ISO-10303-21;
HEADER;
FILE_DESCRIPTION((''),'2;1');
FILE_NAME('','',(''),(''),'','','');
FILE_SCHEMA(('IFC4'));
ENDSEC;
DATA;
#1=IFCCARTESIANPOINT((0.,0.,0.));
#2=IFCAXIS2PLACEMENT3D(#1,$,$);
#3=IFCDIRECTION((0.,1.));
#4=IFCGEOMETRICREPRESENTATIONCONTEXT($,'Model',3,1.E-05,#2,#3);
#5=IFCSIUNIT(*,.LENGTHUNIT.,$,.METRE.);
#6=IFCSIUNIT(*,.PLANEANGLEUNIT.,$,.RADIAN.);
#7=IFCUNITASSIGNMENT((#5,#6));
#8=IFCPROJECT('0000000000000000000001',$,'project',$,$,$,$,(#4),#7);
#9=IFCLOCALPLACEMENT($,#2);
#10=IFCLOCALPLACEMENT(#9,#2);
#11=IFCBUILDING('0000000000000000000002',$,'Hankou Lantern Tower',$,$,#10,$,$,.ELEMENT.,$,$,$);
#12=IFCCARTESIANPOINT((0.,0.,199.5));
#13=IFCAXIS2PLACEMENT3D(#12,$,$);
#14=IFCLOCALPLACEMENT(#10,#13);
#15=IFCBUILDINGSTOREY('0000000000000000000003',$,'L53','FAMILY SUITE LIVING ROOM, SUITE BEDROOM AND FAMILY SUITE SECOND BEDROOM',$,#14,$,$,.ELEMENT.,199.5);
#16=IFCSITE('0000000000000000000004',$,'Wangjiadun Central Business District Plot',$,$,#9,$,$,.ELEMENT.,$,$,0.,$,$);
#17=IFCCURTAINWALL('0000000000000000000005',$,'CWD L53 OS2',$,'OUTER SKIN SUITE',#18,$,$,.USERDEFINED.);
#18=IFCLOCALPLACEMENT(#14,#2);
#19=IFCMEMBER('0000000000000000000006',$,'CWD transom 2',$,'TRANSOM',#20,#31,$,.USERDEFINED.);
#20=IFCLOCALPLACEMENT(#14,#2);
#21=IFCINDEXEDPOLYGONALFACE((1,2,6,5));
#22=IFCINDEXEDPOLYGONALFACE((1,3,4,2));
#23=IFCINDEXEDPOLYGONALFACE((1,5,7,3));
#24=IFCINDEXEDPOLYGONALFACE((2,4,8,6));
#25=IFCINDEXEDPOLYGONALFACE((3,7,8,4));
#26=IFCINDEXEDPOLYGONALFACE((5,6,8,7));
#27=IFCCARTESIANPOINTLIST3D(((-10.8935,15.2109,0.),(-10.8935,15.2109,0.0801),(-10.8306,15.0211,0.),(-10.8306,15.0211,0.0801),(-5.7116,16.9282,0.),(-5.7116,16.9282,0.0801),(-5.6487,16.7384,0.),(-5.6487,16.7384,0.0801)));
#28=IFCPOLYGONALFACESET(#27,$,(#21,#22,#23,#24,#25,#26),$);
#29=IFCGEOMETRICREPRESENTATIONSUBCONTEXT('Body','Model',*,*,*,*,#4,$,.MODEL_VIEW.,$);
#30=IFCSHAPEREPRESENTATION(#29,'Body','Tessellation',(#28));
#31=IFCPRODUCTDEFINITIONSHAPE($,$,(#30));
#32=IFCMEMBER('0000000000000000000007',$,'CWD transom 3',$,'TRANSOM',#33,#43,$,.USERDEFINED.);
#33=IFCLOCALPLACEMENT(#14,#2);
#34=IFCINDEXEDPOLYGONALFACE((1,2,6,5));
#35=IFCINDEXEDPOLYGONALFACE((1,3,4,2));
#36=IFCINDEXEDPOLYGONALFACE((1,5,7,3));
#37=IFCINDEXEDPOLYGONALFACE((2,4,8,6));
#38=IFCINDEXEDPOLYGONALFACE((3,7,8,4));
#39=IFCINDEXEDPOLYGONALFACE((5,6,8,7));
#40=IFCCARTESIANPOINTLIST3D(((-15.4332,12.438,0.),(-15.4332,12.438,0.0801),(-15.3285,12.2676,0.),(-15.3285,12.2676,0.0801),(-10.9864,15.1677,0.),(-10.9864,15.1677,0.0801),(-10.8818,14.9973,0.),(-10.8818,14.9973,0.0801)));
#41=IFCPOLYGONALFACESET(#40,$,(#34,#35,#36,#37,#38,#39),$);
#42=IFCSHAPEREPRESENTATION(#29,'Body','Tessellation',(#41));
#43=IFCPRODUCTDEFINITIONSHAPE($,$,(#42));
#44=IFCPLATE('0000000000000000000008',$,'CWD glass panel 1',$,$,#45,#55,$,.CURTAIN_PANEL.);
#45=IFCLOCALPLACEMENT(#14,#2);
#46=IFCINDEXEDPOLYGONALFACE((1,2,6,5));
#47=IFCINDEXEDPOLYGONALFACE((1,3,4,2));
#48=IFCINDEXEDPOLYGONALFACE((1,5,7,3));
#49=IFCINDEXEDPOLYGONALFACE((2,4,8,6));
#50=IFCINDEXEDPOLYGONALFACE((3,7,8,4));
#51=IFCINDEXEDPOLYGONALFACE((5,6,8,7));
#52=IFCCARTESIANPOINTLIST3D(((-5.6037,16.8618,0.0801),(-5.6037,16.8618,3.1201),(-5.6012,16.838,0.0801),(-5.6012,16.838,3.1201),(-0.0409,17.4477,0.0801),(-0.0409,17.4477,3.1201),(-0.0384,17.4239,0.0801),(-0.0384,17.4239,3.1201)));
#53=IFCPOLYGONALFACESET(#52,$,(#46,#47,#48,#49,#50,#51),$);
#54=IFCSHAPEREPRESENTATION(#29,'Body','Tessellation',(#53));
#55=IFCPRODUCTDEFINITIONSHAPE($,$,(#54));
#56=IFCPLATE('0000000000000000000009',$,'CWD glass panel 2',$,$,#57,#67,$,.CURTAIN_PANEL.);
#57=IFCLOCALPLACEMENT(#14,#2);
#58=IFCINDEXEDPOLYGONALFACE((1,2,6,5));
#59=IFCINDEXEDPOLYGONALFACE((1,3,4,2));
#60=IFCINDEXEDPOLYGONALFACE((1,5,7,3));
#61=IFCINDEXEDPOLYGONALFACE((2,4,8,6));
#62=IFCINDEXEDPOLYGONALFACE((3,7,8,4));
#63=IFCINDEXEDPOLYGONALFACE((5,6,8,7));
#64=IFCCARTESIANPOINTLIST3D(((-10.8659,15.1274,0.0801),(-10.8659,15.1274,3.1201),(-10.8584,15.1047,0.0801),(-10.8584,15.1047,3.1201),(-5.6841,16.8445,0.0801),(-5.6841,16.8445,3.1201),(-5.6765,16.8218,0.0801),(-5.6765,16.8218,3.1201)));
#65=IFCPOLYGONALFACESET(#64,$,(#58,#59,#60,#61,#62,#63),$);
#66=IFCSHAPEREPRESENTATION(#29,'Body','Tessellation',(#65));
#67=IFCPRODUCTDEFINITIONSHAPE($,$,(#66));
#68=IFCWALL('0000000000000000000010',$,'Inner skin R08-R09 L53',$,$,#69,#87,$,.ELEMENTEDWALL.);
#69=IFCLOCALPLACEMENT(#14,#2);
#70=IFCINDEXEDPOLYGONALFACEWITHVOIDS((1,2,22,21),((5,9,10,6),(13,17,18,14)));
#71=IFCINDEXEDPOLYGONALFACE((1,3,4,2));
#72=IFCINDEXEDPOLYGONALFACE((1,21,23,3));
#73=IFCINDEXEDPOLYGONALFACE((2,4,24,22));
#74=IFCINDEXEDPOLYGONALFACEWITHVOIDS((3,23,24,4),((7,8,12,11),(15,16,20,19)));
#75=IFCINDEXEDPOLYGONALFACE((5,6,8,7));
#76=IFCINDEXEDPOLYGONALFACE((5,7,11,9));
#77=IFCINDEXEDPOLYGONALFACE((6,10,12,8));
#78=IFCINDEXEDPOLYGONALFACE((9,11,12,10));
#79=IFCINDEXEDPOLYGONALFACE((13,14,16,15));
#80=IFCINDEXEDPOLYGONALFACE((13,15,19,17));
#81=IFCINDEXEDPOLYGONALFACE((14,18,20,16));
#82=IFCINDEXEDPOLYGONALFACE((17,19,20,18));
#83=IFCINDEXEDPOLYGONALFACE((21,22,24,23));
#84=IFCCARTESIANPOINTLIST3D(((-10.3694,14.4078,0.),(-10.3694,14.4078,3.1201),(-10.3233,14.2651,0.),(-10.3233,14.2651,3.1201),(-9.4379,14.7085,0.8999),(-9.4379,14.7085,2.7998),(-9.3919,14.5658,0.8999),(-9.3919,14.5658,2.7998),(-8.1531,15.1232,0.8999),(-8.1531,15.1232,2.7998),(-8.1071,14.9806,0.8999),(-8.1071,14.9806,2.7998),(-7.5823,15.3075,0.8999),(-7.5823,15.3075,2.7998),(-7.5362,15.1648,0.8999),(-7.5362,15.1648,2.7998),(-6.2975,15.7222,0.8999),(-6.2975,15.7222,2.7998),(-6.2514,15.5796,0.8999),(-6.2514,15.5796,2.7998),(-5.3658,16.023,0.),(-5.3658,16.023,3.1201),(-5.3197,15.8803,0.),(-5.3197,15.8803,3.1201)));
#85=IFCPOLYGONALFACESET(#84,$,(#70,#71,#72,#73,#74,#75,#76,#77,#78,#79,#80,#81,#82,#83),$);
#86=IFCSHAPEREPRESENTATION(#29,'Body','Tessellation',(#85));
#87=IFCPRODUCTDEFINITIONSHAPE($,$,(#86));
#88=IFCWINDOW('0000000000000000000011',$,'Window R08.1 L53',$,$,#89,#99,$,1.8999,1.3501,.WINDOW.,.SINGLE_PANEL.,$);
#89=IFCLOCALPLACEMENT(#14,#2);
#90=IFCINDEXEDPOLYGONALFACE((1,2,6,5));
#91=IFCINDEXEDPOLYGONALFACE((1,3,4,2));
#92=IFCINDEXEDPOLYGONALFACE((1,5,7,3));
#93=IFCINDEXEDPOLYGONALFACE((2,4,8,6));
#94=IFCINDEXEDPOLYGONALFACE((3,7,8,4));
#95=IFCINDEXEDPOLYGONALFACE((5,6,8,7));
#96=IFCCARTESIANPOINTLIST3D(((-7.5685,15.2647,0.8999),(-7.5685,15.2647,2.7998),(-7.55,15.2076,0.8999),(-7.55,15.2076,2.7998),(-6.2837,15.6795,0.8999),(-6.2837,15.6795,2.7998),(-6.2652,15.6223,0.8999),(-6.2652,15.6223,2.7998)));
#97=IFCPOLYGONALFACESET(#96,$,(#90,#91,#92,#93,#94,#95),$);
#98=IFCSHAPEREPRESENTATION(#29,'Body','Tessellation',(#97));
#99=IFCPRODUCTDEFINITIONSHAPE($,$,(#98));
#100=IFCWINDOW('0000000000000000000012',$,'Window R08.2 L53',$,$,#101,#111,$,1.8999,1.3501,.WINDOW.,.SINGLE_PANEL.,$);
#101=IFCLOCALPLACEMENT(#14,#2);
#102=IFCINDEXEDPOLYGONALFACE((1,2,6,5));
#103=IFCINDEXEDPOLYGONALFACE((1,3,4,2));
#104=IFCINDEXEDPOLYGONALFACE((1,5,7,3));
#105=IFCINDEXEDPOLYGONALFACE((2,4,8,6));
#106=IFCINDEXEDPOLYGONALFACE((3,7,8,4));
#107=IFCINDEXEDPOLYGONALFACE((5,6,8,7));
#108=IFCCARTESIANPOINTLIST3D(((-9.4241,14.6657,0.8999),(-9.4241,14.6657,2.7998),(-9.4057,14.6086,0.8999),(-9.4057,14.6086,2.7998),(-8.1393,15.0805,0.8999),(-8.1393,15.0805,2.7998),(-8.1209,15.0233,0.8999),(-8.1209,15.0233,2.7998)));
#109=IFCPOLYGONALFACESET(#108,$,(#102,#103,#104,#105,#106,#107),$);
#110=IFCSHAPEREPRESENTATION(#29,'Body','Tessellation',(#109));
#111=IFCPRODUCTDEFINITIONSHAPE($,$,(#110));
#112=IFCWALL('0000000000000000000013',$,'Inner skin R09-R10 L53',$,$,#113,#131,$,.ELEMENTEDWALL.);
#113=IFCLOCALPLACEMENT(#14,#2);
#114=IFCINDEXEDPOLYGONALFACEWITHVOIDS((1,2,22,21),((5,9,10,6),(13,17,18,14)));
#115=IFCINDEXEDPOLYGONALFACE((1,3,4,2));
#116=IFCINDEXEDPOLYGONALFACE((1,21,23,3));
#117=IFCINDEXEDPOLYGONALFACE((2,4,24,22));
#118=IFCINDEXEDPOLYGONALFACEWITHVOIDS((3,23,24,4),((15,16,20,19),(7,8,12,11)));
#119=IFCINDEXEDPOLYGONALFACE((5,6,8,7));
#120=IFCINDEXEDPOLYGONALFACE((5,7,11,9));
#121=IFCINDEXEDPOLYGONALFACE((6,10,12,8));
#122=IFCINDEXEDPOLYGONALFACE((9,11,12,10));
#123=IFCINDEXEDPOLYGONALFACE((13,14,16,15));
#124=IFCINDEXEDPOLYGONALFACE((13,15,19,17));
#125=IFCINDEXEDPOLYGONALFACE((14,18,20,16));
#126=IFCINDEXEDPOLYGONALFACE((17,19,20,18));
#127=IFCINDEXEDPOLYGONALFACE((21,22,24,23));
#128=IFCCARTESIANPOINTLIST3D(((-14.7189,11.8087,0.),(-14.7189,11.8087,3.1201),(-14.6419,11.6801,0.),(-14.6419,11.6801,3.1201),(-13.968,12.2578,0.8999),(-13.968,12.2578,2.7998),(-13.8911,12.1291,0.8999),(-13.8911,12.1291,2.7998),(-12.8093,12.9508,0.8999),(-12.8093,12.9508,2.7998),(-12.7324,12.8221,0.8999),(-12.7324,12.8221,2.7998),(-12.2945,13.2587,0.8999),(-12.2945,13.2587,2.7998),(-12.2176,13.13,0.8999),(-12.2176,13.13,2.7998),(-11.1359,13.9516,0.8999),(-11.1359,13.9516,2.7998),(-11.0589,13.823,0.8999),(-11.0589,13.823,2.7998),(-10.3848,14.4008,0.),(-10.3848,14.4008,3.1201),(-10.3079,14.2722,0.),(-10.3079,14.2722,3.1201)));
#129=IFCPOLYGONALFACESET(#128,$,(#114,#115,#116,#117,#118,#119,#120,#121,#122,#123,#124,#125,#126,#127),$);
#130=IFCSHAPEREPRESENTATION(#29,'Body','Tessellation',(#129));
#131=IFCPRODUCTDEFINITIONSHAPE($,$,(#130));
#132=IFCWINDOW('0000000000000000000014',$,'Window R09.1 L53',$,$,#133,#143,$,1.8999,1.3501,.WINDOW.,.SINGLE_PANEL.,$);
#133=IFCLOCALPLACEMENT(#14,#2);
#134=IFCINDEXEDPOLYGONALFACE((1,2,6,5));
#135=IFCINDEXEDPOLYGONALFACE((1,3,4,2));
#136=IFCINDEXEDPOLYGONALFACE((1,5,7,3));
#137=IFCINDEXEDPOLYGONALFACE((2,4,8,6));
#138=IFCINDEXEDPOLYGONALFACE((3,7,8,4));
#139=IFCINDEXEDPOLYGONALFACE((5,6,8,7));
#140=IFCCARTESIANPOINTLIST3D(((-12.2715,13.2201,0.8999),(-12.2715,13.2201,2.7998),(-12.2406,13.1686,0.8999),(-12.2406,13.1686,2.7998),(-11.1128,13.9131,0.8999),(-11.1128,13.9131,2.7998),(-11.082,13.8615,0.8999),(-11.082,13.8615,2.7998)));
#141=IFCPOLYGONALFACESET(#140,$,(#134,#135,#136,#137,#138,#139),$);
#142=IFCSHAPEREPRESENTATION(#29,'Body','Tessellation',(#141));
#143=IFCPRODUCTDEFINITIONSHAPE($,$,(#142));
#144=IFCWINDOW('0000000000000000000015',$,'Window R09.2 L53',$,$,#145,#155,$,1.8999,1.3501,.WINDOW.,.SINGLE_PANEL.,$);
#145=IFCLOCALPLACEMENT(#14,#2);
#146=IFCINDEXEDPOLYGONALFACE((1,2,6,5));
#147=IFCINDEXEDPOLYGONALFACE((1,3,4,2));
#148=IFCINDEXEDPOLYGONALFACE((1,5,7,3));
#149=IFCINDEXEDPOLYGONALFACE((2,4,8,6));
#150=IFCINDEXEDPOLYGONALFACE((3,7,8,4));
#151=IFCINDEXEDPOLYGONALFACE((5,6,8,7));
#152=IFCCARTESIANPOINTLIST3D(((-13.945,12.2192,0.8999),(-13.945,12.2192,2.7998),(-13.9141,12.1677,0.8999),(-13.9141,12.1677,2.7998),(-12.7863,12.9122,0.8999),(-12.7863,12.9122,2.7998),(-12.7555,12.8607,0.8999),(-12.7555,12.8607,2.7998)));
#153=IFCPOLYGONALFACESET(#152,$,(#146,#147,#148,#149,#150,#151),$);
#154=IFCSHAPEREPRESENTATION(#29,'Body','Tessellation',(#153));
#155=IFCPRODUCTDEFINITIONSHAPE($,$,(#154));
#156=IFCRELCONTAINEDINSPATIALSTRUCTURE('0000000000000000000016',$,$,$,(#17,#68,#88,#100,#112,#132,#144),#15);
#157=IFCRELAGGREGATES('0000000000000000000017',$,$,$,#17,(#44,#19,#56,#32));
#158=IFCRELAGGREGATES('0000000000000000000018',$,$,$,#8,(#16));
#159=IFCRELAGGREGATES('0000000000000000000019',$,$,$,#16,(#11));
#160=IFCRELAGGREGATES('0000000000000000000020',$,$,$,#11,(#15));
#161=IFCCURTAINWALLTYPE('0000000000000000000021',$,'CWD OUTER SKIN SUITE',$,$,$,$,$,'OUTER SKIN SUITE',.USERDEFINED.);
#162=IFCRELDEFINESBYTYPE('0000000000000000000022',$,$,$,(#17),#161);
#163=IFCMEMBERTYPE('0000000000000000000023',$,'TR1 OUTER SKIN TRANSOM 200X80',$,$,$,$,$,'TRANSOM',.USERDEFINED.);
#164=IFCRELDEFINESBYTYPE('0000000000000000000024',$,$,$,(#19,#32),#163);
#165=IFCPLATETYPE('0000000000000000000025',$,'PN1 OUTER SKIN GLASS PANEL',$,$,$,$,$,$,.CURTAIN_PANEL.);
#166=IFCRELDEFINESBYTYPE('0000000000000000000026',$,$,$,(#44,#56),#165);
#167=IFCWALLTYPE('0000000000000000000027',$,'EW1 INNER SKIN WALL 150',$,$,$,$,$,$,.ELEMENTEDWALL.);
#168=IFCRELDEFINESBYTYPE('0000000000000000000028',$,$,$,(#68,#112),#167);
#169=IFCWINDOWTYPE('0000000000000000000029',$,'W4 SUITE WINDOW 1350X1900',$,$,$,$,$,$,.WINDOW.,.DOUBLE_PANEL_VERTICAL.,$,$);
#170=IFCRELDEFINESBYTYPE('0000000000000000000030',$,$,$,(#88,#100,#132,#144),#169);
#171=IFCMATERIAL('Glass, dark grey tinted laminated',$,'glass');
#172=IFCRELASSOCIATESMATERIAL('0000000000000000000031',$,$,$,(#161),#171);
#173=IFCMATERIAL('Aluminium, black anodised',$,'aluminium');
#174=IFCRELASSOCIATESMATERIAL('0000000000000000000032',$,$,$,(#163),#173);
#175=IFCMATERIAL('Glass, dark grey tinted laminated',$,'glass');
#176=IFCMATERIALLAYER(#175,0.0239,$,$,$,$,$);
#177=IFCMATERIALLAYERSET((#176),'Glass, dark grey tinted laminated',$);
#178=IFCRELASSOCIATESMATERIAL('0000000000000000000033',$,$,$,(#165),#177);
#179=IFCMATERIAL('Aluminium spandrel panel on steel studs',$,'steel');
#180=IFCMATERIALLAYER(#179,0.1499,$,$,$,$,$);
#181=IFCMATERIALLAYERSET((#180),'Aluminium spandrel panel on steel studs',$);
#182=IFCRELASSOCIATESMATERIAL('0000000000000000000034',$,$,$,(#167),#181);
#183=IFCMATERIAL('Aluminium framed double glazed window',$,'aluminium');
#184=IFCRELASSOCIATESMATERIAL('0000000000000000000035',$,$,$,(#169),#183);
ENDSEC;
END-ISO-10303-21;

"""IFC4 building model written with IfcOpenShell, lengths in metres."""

from ifc_helpers import new_model, si_unit, direction, frame, frame_2d, origin, origin_2d, place, context, subcontext, project, spatial, rectangle, extrude, material, layer, layer_set, material_profile, profile_set, type_object, element, fill, aggregate, save


model = new_model("IFC4")

# Units and contexts
model_context = context("Model", 3, precision=1e-05, world=origin(), true_north=direction((0.0, 1.0)))
body_context = subcontext(model_context, "Body", "Model", "MODEL_VIEW")
ifc_project = project(units=[si_unit("LENGTHUNIT", "METRE"), si_unit("PLANEANGLEUNIT", "RADIAN")], contexts=[model_context])

# Site, building, storey
site_placement = place(None, origin())
site = spatial("IfcSite", under=ifc_project, at=site_placement, Name="Wangjiadun Central Business District Plot", CompositionType="ELEMENT", RefElevation=0.0)
building_placement = place(site_placement, origin())
building = spatial("IfcBuilding", under=site, at=building_placement, Name="Hankou Lantern Tower", CompositionType="ELEMENT")
storey_placement = place(building_placement, frame((0.0, 0.0, 199.5)))
storey = spatial("IfcBuildingStorey", under=building, at=storey_placement, Name="L53", Description="FAMILY SUITE LIVING ROOM, SUITE BEDROOM AND FAMILY SUITE SECOND BEDROOM", CompositionType="ELEMENT", Elevation=199.5)

# Curtain wall
ifc_material_1 = material(Name="Glass, dark grey tinted laminated", Category="glass")
curtain_wall_type = type_object("IfcCurtainWallType", Name="CWD OUTER SKIN SUITE", ElementType="OUTER SKIN SUITE", PredefinedType="USERDEFINED", material=ifc_material_1)
curtain_wall_placement = place(storey_placement, origin())
curtain_wall = element("IfcCurtainWall", 1, at=curtain_wall_placement, inside=storey, type_object=curtain_wall_type, Name="CWD L53 OS2", ObjectType="OUTER SKIN SUITE", PredefinedType="USERDEFINED")

# Members
ifc_material_2 = material(Name="Aluminium, black anodised", Category="aluminium")
ifc_material_profile_1 = material_profile(ifc_material_2, rectangle(XDim=0.2, YDim=0.0801, at=origin_2d()), Name="TR1 200X80")
ifc_profile_set_1 = profile_set([ifc_material_profile_1], Name="Aluminium, black anodised")
member_type_1 = type_object("IfcMemberType", Name="TR1 OUTER SKIN TRANSOM 200X80", ElementType="TRANSOM", PredefinedType="USERDEFINED", material=ifc_profile_set_1)
member_1_placement = place(storey_placement, frame((-5.6802, 16.8333, 0.04), z_axis=(-0.949232, -0.314577, 0.0), x_axis=(0.314577, -0.949232, 0.0)))
member_1 = element("IfcMember", 2, at=member_1_placement, type_object=member_type_1, Name="CWD transom 2", ObjectType="TRANSOM", PredefinedType="USERDEFINED", context=body_context, shape_type="SweptSolid", body=[
    extrude(rectangle(XDim=0.2, YDim=0.0801, at=origin_2d()), origin(), (0.0, 0.0, 1.0), 5.459),
])
member_2_placement = place(storey_placement, frame((-10.9341, 15.0825, 0.04), z_axis=(-0.852235, -0.52316, 0.0), x_axis=(0.52316, -0.852235, 0.0)))
member_2 = element("IfcMember", 3, at=member_2_placement, type_object=member_type_1, Name="CWD transom 3", ObjectType="TRANSOM", PredefinedType="USERDEFINED", context=body_context, shape_type="SweptSolid", body=[
    extrude(rectangle(XDim=0.2, YDim=0.0801, at=origin_2d()), origin(), (0.0, 0.0, 1.0), 5.2178),
])

# Plates
ifc_material_3 = material(Name="Glass, dark grey tinted laminated", Category="glass")
ifc_layer_1 = layer(ifc_material_3, 0.0239)
ifc_layer_set_1 = layer_set([ifc_layer_1], Name="Glass, dark grey tinted laminated")
plate_type = type_object("IfcPlateType", Name="PN1 OUTER SKIN GLASS PANEL", PredefinedType="CURTAIN_PANEL", material=ifc_layer_set_1)
plate_1_placement = place(storey_placement, frame((-2.821, 17.1428, 0.0801), z_axis=(0.0, 0.0, 1.0), x_axis=(-0.994499, -0.104743, 0.0)))
plate_1 = element("IfcPlate", 4, at=plate_1_placement, type_object=plate_type, Name="CWD glass panel 1", PredefinedType="CURTAIN_PANEL", context=body_context, shape_type="SweptSolid", body=[
    extrude(rectangle(XDim=5.5935, YDim=0.0239, at=origin_2d()), origin(), (0.0, 0.0, 1.0), 3.04),
])
plate_2_placement = place(storey_placement, frame((-8.2712, 15.9746, 0.0801), z_axis=(0.0, 0.0, 1.0), x_axis=(-0.949241, -0.314551, 0.0)))
plate_2 = element("IfcPlate", 5, at=plate_2_placement, type_object=plate_type, Name="CWD glass panel 2", PredefinedType="CURTAIN_PANEL", context=body_context, shape_type="SweptSolid", body=[
    extrude(rectangle(XDim=5.459, YDim=0.0239, at=origin_2d()), origin(), (0.0, 0.0, 1.0), 3.04),
])
aggregate(curtain_wall, [plate_1, member_1, plate_2, member_2])

# Walls, openings, windows
ifc_material_4 = material(Name="Aluminium spandrel panel on steel studs", Category="steel")
ifc_layer_2 = layer(ifc_material_4, 0.1499)
ifc_layer_set_2 = layer_set([ifc_layer_2], Name="Aluminium spandrel panel on steel studs")
wall_type_1 = type_object("IfcWallType", Name="EW1 INNER SKIN WALL 150", PredefinedType="ELEMENTEDWALL", material=ifc_layer_set_2)
wall_1_placement = place(storey_placement, frame((-5.3428, 15.9517, 0.0), z_axis=(0.0, 0.0, 1.0), x_axis=(-0.951645, -0.307201, 0.0)))
wall_1 = element("IfcWall", 6, at=wall_1_placement, inside=storey, type_object=wall_type_1, Name="Inner skin R08-R09 L53", PredefinedType="ELEMENTEDWALL", context=body_context, shape_type="SweptSolid", body=[
    extrude(rectangle(XDim=5.2578, YDim=0.1499, at=frame_2d((2.6289, 0.0))), origin(), (0.0, 0.0, 1.0), 3.1201),
])
opening_1_placement = place(wall_1_placement, frame((0.979, 0.0, 0.8999)))
opening_1 = element("IfcOpeningElement", 7, at=opening_1_placement, cuts=wall_1, PredefinedType="OPENING", context=body_context, shape_type="SweptSolid", body=[
    extrude(rectangle(XDim=1.3501, YDim=1.8999, at=frame_2d((0.675, 0.95))), frame((0.0, 0.085, 0.0), z_axis=(0.0, -1.0, 0.0), x_axis=(1.0, 0.0, 0.0)), (0.0, 0.0, 1.0), 0.1699),
])
opening_2_placement = place(wall_1_placement, frame((2.929, 0.0, 0.8999)))
opening_2 = element("IfcOpeningElement", 8, at=opening_2_placement, cuts=wall_1, PredefinedType="OPENING", context=body_context, shape_type="SweptSolid", body=[
    extrude(rectangle(XDim=1.3501, YDim=1.8999, at=frame_2d((0.675, 0.95))), frame((0.0, 0.085, 0.0), z_axis=(0.0, -1.0, 0.0), x_axis=(1.0, 0.0, 0.0)), (0.0, 0.0, 1.0), 0.1699),
])
ifc_material_5 = material(Name="Aluminium framed double glazed window", Category="aluminium")
window_type = type_object("IfcWindowType", Name="W4 SUITE WINDOW 1350X1900", PartitioningType="DOUBLE_PANEL_VERTICAL", PredefinedType="WINDOW", material=ifc_material_5)
window_1_placement = place(opening_1_placement, origin())
window_1 = element("IfcWindow", 9, at=window_1_placement, inside=storey, type_object=window_type, Name="Window R08.1 L53", OverallHeight=1.8999, OverallWidth=1.3501, PartitioningType="SINGLE_PANEL", PredefinedType="WINDOW", context=body_context, shape_type="SweptSolid", body=[
    extrude(rectangle(XDim=1.3501, YDim=1.8999, at=frame_2d((0.675, 0.95))), frame((0.0, 0.03, 0.0), z_axis=(0.0, -1.0, 0.0), x_axis=(1.0, 0.0, 0.0)), (0.0, 0.0, 1.0), 0.0601),
])
fill(opening_1, window_1)
window_2_placement = place(opening_2_placement, origin())
window_2 = element("IfcWindow", 10, at=window_2_placement, inside=storey, type_object=window_type, Name="Window R08.2 L53", OverallHeight=1.8999, OverallWidth=1.3501, PartitioningType="SINGLE_PANEL", PredefinedType="WINDOW", context=body_context, shape_type="SweptSolid", body=[
    extrude(rectangle(XDim=1.3501, YDim=1.8999, at=frame_2d((0.675, 0.95))), frame((0.0, 0.03, 0.0), z_axis=(0.0, -1.0, 0.0), x_axis=(1.0, 0.0, 0.0)), (0.0, 0.0, 1.0), 0.0601),
])
fill(opening_2, window_2)
wall_2_placement = place(storey_placement, frame((-10.3464, 14.3364, 0.0), z_axis=(0.0, 0.0, 1.0), x_axis=(-0.858222, -0.51328, 0.0)))
wall_2 = element("IfcWall", 11, at=wall_2_placement, inside=storey, type_object=wall_type_1, Name="Inner skin R09-R10 L53", PredefinedType="ELEMENTEDWALL", context=body_context, shape_type="SweptSolid", body=[
    extrude(rectangle(XDim=5.05, YDim=0.1499, at=frame_2d((2.5249, 0.0))), origin(), (0.0, 0.0, 1.0), 3.1201),
])
opening_3_placement = place(wall_2_placement, frame((0.875, 0.0, 0.8999)))
opening_3 = element("IfcOpeningElement", 12, at=opening_3_placement, cuts=wall_2, PredefinedType="OPENING", context=body_context, shape_type="SweptSolid", body=[
    extrude(rectangle(XDim=1.3501, YDim=1.8999, at=frame_2d((0.675, 0.95))), frame((0.0, 0.085, 0.0), z_axis=(0.0, -1.0, 0.0), x_axis=(1.0, 0.0, 0.0)), (0.0, 0.0, 1.0), 0.1699),
])
opening_4_placement = place(wall_2_placement, frame((2.825, 0.0, 0.8999)))
opening_4 = element("IfcOpeningElement", 13, at=opening_4_placement, cuts=wall_2, PredefinedType="OPENING", context=body_context, shape_type="SweptSolid", body=[
    extrude(rectangle(XDim=1.3501, YDim=1.8999, at=frame_2d((0.675, 0.95))), frame((0.0, 0.085, 0.0), z_axis=(0.0, -1.0, 0.0), x_axis=(1.0, 0.0, 0.0)), (0.0, 0.0, 1.0), 0.1699),
])
window_3_placement = place(opening_3_placement, origin())
window_3 = element("IfcWindow", 14, at=window_3_placement, inside=storey, type_object=window_type, Name="Window R09.1 L53", OverallHeight=1.8999, OverallWidth=1.3501, PartitioningType="SINGLE_PANEL", PredefinedType="WINDOW", context=body_context, shape_type="SweptSolid", body=[
    extrude(rectangle(XDim=1.3501, YDim=1.8999, at=frame_2d((0.675, 0.95))), frame((0.0, 0.03, 0.0), z_axis=(0.0, -1.0, 0.0), x_axis=(1.0, 0.0, 0.0)), (0.0, 0.0, 1.0), 0.0601),
])
fill(opening_3, window_3)
window_4_placement = place(opening_4_placement, origin())
window_4 = element("IfcWindow", 15, at=window_4_placement, inside=storey, type_object=window_type, Name="Window R09.2 L53", OverallHeight=1.8999, OverallWidth=1.3501, PartitioningType="SINGLE_PANEL", PredefinedType="WINDOW", context=body_context, shape_type="SweptSolid", body=[
    extrude(rectangle(XDim=1.3501, YDim=1.8999, at=frame_2d((0.675, 0.95))), frame((0.0, 0.03, 0.0), z_axis=(0.0, -1.0, 0.0), x_axis=(1.0, 0.0, 0.0)), (0.0, 0.0, 1.0), 0.0601),
])
fill(opening_4, window_4)

save(model, "model.ifc")
